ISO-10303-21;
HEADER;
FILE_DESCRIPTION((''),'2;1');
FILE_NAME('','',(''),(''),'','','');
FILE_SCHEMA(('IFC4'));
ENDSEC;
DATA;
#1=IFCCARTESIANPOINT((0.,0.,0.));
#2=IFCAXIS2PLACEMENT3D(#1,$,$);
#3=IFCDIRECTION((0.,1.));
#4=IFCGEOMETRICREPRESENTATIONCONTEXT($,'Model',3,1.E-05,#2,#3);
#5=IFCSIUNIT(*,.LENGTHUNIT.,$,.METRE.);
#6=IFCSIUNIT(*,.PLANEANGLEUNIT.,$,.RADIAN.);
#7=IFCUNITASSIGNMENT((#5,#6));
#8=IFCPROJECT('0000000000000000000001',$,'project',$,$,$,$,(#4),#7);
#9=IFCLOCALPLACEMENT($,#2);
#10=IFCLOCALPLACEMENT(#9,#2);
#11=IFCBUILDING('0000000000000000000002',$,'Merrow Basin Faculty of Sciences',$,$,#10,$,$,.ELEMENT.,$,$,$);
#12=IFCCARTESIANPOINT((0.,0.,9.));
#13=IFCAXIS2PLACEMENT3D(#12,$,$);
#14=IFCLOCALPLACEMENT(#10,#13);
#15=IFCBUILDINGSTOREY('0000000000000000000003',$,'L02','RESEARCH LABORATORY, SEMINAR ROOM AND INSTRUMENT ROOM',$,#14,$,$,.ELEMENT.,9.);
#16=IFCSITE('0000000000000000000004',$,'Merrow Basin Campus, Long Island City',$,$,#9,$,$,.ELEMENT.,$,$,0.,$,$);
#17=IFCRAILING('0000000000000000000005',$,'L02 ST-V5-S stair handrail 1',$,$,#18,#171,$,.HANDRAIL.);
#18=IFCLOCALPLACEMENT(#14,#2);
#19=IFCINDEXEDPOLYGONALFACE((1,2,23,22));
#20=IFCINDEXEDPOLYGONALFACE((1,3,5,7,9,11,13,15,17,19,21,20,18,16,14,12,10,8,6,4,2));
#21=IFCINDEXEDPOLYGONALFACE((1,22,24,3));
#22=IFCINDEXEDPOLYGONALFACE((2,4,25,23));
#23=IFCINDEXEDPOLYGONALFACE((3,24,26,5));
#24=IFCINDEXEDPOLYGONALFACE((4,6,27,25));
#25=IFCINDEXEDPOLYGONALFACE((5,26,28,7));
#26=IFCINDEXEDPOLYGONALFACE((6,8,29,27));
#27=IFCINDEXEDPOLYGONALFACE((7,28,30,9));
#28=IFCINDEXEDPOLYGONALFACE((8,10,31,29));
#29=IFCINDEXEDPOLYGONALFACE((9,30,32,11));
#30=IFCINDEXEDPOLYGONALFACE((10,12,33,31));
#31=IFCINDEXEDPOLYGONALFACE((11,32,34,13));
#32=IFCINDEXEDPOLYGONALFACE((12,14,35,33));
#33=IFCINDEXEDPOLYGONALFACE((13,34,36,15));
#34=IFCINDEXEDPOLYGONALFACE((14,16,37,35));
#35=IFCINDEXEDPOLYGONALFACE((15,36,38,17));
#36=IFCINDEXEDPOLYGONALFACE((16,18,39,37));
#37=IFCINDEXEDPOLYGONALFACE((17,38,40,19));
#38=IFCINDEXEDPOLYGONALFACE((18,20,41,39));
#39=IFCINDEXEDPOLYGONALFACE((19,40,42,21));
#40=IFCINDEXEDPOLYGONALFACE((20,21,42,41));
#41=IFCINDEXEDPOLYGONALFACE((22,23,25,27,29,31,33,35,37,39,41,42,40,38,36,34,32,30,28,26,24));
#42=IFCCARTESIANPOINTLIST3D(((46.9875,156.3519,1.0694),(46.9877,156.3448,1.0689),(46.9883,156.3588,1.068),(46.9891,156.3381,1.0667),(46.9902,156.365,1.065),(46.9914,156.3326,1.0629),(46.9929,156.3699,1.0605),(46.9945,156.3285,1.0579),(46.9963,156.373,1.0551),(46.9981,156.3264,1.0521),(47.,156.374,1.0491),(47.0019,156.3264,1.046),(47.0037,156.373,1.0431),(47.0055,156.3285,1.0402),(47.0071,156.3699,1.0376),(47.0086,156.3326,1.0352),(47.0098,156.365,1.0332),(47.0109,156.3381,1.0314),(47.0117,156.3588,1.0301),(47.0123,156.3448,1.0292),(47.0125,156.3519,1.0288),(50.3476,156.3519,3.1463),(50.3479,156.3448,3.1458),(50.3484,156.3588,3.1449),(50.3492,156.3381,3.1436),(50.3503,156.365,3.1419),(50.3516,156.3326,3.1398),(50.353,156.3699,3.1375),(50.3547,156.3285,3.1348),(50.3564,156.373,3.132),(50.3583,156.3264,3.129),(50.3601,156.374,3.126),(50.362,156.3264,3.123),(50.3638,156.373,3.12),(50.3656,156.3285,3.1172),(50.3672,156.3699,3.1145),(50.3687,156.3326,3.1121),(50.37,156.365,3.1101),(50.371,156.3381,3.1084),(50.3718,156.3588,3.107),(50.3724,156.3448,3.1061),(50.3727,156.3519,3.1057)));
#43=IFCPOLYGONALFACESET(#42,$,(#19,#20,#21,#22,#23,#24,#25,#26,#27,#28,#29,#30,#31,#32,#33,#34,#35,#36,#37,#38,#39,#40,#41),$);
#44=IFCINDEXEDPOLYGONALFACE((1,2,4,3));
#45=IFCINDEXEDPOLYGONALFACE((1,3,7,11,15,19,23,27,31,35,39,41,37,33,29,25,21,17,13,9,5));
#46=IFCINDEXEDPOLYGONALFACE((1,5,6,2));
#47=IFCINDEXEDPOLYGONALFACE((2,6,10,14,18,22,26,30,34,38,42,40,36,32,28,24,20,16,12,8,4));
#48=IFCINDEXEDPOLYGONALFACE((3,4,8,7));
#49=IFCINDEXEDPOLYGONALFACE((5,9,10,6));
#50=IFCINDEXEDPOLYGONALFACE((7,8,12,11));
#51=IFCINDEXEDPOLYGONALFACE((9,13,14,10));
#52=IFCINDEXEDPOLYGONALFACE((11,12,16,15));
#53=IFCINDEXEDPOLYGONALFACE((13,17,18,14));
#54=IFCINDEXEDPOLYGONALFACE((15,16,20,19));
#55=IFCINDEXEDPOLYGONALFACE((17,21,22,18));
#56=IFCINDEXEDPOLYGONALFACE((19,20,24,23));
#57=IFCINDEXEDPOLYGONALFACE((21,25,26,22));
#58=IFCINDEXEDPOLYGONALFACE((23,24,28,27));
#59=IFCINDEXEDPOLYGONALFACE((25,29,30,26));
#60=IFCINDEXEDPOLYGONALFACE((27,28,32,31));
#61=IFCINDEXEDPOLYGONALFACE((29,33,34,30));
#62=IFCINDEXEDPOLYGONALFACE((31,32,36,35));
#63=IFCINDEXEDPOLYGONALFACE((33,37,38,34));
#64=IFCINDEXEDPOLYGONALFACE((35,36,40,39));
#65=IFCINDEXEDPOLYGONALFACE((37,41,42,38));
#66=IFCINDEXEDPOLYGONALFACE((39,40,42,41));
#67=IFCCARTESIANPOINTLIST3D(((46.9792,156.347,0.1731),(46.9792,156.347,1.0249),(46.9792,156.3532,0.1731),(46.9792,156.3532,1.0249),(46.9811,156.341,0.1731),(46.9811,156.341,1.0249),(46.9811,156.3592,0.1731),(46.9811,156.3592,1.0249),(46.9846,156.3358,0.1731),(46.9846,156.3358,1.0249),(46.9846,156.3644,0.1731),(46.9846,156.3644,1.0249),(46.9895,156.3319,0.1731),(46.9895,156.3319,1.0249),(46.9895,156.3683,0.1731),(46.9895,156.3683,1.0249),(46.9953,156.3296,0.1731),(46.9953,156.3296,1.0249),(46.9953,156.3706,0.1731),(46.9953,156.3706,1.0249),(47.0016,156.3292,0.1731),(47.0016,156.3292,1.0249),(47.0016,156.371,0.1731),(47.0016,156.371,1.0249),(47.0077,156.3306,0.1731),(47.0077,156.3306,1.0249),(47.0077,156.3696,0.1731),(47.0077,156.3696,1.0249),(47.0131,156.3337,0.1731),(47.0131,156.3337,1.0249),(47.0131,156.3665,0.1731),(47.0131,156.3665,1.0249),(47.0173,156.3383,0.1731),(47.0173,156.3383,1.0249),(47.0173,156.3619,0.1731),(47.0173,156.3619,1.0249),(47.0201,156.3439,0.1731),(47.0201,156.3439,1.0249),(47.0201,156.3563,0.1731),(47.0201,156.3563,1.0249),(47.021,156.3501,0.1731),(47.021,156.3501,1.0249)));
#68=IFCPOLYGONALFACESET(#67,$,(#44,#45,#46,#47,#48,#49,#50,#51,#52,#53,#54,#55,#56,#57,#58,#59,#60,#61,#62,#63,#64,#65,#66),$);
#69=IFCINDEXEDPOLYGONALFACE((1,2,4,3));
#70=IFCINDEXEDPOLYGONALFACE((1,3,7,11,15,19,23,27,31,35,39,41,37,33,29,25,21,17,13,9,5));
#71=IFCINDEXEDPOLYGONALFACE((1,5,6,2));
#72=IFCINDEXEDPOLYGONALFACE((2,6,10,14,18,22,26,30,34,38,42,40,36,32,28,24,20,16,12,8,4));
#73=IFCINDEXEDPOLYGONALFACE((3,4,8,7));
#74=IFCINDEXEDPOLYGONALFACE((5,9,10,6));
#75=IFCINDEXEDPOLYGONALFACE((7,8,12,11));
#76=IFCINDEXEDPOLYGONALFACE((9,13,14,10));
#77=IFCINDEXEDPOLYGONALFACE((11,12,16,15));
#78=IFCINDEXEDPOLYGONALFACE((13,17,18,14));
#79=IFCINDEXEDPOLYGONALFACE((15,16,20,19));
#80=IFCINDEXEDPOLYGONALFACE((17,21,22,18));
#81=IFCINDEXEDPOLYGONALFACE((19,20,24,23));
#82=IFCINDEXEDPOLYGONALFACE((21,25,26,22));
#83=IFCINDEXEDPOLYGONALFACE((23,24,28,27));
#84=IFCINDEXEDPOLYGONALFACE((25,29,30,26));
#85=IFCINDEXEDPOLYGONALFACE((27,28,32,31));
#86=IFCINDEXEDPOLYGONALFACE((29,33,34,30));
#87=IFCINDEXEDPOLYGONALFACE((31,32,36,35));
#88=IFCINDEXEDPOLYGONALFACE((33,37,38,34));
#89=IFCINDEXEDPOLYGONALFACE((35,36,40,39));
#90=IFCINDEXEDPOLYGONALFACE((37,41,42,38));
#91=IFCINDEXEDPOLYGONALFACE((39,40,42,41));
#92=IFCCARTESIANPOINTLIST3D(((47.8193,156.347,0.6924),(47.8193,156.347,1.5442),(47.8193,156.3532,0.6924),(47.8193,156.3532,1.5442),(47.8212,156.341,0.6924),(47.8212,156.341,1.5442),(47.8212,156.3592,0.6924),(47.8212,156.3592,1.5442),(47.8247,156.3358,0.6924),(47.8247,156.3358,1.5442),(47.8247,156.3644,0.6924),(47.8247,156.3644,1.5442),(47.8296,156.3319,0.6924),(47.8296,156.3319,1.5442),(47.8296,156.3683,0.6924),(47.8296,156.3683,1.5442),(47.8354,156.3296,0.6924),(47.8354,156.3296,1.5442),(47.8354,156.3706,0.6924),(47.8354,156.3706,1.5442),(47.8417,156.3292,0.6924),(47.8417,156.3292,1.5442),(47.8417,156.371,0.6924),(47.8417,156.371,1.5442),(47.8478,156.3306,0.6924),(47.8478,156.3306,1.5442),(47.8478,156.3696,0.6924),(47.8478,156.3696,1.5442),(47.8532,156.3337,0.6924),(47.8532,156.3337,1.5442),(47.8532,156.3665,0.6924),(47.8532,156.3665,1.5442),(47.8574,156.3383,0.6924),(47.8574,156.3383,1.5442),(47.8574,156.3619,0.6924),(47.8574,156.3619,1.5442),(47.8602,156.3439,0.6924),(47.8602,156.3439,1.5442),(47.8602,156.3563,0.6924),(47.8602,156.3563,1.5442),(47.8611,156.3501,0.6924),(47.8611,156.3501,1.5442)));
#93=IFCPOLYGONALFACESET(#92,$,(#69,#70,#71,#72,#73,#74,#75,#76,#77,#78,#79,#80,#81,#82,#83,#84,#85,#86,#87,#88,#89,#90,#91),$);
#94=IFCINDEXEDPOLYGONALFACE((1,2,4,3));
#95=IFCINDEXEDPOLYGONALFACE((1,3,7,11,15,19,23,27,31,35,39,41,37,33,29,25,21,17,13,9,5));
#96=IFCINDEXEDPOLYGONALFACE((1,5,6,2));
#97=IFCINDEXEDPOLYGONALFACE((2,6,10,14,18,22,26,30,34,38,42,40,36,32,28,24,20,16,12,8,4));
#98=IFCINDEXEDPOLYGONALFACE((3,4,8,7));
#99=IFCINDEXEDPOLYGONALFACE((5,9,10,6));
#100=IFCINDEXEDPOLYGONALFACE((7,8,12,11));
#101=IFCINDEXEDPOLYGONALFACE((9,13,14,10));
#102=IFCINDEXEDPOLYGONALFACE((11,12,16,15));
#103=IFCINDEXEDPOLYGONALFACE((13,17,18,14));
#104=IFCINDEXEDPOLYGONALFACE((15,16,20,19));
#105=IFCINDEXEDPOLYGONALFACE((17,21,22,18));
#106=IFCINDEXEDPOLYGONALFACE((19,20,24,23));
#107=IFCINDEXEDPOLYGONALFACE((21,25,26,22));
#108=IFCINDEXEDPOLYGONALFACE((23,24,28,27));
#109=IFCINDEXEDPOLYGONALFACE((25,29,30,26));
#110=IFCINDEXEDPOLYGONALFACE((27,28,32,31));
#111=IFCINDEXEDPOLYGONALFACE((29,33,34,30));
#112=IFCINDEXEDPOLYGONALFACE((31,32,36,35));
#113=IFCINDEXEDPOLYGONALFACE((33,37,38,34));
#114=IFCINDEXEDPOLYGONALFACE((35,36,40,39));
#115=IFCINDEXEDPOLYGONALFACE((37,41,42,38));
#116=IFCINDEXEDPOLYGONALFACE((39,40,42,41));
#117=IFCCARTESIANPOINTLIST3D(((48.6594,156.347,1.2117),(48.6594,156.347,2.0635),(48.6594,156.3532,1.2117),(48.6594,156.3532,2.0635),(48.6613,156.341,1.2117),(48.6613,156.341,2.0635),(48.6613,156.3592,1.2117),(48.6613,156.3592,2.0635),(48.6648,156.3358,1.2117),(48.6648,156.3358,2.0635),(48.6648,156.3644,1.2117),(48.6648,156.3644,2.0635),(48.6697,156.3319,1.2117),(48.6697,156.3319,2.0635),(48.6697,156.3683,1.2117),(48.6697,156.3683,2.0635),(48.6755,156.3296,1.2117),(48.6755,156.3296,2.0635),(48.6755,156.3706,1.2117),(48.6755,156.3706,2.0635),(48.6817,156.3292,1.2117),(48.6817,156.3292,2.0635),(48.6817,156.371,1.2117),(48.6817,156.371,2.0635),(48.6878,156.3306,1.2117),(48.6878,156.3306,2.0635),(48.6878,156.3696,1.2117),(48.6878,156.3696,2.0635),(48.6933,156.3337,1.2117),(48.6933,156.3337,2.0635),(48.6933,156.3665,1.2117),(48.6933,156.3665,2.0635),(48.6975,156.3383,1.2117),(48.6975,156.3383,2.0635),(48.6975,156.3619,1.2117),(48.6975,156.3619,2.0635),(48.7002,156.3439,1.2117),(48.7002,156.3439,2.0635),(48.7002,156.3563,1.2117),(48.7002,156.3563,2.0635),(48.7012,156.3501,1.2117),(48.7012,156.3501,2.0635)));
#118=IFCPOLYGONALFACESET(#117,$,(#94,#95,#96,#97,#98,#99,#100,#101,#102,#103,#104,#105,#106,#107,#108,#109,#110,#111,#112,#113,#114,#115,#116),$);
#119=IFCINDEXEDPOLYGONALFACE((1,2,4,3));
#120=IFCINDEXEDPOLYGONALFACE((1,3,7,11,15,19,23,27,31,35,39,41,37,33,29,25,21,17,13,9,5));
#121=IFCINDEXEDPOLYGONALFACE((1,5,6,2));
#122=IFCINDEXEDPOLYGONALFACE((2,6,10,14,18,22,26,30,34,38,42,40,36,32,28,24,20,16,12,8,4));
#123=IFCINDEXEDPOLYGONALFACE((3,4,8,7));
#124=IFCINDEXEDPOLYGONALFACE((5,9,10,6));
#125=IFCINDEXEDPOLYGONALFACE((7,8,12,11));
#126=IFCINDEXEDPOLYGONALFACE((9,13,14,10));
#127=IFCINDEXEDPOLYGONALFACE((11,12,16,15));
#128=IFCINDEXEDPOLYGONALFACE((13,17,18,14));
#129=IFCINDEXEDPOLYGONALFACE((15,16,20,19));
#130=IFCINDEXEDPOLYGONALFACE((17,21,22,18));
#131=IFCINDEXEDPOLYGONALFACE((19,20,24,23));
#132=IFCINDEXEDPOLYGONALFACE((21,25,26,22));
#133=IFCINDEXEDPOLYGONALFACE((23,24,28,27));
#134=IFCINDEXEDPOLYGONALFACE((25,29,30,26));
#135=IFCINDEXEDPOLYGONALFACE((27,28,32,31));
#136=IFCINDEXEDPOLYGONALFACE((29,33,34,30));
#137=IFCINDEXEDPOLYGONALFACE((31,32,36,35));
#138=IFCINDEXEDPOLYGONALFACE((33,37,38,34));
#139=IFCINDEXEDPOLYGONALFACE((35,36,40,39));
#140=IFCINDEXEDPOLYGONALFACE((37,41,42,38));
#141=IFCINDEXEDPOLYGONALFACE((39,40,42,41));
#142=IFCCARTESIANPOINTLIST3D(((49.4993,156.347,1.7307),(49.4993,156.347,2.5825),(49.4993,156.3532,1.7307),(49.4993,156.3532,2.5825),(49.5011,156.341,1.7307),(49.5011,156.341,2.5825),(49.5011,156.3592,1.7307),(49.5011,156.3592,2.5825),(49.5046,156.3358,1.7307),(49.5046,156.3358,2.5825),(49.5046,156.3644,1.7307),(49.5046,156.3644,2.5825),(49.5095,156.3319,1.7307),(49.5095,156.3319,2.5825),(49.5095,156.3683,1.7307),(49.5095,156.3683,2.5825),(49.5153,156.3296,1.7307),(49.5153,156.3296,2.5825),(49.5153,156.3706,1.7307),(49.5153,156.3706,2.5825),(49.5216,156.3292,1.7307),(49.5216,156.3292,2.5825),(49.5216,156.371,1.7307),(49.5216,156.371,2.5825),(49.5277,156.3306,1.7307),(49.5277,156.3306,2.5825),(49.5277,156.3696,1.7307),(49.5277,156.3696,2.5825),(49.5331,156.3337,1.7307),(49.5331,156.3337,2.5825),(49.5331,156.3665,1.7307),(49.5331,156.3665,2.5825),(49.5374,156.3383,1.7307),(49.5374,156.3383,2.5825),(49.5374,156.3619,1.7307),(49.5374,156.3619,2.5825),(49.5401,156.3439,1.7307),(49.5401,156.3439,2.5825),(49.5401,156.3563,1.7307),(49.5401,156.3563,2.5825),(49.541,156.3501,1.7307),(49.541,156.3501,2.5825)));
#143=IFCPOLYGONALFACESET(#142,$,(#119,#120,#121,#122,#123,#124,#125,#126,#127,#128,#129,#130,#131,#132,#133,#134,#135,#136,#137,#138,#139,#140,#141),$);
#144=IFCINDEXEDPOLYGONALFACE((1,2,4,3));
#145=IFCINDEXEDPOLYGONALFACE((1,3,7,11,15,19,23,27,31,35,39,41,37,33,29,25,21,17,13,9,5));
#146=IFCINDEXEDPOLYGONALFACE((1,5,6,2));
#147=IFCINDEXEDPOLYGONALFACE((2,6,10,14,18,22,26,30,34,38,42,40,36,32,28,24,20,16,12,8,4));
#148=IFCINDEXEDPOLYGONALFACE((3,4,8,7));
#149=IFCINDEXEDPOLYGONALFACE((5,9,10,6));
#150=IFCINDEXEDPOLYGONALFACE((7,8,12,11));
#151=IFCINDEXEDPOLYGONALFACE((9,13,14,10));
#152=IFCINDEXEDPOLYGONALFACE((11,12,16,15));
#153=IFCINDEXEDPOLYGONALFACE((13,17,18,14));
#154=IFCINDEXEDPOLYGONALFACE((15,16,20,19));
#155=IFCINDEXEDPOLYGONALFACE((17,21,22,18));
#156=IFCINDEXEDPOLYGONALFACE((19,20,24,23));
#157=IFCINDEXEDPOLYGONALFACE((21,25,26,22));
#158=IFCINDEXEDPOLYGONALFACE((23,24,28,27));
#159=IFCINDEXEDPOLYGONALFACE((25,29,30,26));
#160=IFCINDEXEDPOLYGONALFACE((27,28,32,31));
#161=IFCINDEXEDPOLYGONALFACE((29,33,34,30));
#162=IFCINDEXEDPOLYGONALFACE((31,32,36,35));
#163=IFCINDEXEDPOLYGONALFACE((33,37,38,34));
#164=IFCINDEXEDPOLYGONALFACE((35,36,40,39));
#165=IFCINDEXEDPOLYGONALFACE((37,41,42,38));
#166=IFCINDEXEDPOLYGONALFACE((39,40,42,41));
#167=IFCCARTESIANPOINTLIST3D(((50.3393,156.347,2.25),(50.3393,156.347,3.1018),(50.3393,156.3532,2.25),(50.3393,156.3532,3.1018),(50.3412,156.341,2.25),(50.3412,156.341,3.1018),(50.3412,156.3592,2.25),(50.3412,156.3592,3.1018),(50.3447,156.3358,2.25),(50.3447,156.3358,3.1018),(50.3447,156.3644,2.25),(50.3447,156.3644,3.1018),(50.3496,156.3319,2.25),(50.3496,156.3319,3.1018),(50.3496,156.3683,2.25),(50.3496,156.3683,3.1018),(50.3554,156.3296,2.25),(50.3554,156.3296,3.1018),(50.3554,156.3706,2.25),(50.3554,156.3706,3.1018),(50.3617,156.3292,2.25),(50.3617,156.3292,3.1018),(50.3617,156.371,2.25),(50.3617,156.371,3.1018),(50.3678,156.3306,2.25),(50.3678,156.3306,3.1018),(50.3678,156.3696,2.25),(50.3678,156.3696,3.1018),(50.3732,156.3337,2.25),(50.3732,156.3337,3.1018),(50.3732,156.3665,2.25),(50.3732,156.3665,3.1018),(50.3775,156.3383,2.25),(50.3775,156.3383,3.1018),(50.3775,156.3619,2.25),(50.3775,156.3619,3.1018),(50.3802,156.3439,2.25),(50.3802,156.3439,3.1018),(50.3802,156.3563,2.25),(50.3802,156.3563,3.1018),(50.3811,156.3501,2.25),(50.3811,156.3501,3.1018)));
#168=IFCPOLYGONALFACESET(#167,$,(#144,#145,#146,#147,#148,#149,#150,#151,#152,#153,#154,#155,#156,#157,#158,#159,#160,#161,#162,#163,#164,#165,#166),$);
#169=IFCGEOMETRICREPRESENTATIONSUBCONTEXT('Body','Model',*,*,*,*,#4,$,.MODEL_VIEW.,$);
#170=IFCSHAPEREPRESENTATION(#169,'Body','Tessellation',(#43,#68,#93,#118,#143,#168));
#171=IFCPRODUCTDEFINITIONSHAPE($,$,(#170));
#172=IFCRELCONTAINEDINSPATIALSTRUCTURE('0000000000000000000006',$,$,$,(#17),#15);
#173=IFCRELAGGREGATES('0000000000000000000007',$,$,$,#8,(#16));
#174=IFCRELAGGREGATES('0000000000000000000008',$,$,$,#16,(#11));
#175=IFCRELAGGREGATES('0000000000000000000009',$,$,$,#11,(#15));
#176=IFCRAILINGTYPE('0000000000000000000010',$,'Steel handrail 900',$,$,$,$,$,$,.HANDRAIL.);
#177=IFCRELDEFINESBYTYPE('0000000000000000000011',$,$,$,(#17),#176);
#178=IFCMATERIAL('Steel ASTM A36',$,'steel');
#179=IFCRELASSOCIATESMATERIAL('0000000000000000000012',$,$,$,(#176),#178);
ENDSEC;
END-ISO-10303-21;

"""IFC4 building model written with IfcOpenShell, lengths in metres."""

from ifc_helpers import new_model, si_unit, direction, frame, origin, origin_2d, place, context, subcontext, project, spatial, circle, extrude, material, type_object, element, save


model = new_model("IFC4")

# Units and contexts
model_context = context("Model", 3, precision=1e-05, world=origin(), true_north=direction((0.0, 1.0)))
body_context = subcontext(model_context, "Body", "Model", "MODEL_VIEW")
ifc_project = project(units=[si_unit("LENGTHUNIT", "METRE"), si_unit("PLANEANGLEUNIT", "RADIAN")], contexts=[model_context])

# Site, building, storey
site_placement = place(None, origin())
site = spatial("IfcSite", under=ifc_project, at=site_placement, Name="Merrow Basin Campus, Long Island City", CompositionType="ELEMENT", RefElevation=0.0)
building_placement = place(site_placement, origin())
building = spatial("IfcBuilding", under=site, at=building_placement, Name="Merrow Basin Faculty of Sciences", CompositionType="ELEMENT")
storey_placement = place(building_placement, frame((0.0, 0.0, 9.0)))
storey = spatial("IfcBuildingStorey", under=building, at=storey_placement, Name="L02", Description="RESEARCH LABORATORY, SEMINAR ROOM AND INSTRUMENT ROOM", CompositionType="ELEMENT", Elevation=9.0)

# Railing
ifc_material_1 = material(Name="Steel ASTM A36", Category="steel")
railing_type_1 = type_object("IfcRailingType", Name="Steel handrail 900", PredefinedType="HANDRAIL", material=ifc_material_1)
railing_1_placement = place(storey_placement, frame((47.0, 156.3501, 0.1731)))
element("IfcRailing", 1, at=railing_1_placement, inside=storey, type_object=railing_type_1, Name="L02 ST-V5-S stair handrail 1", PredefinedType="HANDRAIL", context=body_context, shape_type="SweptSolid", body=[
    extrude(circle(Radius=0.0239, at=origin_2d()), frame((0.0, 0.0, 0.876), z_axis=(0.850623, 0.0, 0.525776), x_axis=(0.0, 1.0, 0.0)), (0.0, 0.0, 1.0), 3.9502),
    extrude(circle(Radius=0.021, at=origin_2d()), origin(), (0.0, 0.0, 1.0), 0.8518),
    extrude(circle(Radius=0.021, at=origin_2d()), frame((0.8401, 0.0, 0.5193)), (0.0, 0.0, 1.0), 0.8518),
    extrude(circle(Radius=0.021, at=origin_2d()), frame((1.6802, 0.0, 1.0386)), (0.0, 0.0, 1.0), 0.8518),
    extrude(circle(Radius=0.021, at=origin_2d()), frame((2.52, 0.0, 1.5576)), (0.0, 0.0, 1.0), 0.8518),
    extrude(circle(Radius=0.021, at=origin_2d()), frame((3.3601, 0.0, 2.0769)), (0.0, 0.0, 1.0), 0.8518),
])

save(model, "model.ifc")
